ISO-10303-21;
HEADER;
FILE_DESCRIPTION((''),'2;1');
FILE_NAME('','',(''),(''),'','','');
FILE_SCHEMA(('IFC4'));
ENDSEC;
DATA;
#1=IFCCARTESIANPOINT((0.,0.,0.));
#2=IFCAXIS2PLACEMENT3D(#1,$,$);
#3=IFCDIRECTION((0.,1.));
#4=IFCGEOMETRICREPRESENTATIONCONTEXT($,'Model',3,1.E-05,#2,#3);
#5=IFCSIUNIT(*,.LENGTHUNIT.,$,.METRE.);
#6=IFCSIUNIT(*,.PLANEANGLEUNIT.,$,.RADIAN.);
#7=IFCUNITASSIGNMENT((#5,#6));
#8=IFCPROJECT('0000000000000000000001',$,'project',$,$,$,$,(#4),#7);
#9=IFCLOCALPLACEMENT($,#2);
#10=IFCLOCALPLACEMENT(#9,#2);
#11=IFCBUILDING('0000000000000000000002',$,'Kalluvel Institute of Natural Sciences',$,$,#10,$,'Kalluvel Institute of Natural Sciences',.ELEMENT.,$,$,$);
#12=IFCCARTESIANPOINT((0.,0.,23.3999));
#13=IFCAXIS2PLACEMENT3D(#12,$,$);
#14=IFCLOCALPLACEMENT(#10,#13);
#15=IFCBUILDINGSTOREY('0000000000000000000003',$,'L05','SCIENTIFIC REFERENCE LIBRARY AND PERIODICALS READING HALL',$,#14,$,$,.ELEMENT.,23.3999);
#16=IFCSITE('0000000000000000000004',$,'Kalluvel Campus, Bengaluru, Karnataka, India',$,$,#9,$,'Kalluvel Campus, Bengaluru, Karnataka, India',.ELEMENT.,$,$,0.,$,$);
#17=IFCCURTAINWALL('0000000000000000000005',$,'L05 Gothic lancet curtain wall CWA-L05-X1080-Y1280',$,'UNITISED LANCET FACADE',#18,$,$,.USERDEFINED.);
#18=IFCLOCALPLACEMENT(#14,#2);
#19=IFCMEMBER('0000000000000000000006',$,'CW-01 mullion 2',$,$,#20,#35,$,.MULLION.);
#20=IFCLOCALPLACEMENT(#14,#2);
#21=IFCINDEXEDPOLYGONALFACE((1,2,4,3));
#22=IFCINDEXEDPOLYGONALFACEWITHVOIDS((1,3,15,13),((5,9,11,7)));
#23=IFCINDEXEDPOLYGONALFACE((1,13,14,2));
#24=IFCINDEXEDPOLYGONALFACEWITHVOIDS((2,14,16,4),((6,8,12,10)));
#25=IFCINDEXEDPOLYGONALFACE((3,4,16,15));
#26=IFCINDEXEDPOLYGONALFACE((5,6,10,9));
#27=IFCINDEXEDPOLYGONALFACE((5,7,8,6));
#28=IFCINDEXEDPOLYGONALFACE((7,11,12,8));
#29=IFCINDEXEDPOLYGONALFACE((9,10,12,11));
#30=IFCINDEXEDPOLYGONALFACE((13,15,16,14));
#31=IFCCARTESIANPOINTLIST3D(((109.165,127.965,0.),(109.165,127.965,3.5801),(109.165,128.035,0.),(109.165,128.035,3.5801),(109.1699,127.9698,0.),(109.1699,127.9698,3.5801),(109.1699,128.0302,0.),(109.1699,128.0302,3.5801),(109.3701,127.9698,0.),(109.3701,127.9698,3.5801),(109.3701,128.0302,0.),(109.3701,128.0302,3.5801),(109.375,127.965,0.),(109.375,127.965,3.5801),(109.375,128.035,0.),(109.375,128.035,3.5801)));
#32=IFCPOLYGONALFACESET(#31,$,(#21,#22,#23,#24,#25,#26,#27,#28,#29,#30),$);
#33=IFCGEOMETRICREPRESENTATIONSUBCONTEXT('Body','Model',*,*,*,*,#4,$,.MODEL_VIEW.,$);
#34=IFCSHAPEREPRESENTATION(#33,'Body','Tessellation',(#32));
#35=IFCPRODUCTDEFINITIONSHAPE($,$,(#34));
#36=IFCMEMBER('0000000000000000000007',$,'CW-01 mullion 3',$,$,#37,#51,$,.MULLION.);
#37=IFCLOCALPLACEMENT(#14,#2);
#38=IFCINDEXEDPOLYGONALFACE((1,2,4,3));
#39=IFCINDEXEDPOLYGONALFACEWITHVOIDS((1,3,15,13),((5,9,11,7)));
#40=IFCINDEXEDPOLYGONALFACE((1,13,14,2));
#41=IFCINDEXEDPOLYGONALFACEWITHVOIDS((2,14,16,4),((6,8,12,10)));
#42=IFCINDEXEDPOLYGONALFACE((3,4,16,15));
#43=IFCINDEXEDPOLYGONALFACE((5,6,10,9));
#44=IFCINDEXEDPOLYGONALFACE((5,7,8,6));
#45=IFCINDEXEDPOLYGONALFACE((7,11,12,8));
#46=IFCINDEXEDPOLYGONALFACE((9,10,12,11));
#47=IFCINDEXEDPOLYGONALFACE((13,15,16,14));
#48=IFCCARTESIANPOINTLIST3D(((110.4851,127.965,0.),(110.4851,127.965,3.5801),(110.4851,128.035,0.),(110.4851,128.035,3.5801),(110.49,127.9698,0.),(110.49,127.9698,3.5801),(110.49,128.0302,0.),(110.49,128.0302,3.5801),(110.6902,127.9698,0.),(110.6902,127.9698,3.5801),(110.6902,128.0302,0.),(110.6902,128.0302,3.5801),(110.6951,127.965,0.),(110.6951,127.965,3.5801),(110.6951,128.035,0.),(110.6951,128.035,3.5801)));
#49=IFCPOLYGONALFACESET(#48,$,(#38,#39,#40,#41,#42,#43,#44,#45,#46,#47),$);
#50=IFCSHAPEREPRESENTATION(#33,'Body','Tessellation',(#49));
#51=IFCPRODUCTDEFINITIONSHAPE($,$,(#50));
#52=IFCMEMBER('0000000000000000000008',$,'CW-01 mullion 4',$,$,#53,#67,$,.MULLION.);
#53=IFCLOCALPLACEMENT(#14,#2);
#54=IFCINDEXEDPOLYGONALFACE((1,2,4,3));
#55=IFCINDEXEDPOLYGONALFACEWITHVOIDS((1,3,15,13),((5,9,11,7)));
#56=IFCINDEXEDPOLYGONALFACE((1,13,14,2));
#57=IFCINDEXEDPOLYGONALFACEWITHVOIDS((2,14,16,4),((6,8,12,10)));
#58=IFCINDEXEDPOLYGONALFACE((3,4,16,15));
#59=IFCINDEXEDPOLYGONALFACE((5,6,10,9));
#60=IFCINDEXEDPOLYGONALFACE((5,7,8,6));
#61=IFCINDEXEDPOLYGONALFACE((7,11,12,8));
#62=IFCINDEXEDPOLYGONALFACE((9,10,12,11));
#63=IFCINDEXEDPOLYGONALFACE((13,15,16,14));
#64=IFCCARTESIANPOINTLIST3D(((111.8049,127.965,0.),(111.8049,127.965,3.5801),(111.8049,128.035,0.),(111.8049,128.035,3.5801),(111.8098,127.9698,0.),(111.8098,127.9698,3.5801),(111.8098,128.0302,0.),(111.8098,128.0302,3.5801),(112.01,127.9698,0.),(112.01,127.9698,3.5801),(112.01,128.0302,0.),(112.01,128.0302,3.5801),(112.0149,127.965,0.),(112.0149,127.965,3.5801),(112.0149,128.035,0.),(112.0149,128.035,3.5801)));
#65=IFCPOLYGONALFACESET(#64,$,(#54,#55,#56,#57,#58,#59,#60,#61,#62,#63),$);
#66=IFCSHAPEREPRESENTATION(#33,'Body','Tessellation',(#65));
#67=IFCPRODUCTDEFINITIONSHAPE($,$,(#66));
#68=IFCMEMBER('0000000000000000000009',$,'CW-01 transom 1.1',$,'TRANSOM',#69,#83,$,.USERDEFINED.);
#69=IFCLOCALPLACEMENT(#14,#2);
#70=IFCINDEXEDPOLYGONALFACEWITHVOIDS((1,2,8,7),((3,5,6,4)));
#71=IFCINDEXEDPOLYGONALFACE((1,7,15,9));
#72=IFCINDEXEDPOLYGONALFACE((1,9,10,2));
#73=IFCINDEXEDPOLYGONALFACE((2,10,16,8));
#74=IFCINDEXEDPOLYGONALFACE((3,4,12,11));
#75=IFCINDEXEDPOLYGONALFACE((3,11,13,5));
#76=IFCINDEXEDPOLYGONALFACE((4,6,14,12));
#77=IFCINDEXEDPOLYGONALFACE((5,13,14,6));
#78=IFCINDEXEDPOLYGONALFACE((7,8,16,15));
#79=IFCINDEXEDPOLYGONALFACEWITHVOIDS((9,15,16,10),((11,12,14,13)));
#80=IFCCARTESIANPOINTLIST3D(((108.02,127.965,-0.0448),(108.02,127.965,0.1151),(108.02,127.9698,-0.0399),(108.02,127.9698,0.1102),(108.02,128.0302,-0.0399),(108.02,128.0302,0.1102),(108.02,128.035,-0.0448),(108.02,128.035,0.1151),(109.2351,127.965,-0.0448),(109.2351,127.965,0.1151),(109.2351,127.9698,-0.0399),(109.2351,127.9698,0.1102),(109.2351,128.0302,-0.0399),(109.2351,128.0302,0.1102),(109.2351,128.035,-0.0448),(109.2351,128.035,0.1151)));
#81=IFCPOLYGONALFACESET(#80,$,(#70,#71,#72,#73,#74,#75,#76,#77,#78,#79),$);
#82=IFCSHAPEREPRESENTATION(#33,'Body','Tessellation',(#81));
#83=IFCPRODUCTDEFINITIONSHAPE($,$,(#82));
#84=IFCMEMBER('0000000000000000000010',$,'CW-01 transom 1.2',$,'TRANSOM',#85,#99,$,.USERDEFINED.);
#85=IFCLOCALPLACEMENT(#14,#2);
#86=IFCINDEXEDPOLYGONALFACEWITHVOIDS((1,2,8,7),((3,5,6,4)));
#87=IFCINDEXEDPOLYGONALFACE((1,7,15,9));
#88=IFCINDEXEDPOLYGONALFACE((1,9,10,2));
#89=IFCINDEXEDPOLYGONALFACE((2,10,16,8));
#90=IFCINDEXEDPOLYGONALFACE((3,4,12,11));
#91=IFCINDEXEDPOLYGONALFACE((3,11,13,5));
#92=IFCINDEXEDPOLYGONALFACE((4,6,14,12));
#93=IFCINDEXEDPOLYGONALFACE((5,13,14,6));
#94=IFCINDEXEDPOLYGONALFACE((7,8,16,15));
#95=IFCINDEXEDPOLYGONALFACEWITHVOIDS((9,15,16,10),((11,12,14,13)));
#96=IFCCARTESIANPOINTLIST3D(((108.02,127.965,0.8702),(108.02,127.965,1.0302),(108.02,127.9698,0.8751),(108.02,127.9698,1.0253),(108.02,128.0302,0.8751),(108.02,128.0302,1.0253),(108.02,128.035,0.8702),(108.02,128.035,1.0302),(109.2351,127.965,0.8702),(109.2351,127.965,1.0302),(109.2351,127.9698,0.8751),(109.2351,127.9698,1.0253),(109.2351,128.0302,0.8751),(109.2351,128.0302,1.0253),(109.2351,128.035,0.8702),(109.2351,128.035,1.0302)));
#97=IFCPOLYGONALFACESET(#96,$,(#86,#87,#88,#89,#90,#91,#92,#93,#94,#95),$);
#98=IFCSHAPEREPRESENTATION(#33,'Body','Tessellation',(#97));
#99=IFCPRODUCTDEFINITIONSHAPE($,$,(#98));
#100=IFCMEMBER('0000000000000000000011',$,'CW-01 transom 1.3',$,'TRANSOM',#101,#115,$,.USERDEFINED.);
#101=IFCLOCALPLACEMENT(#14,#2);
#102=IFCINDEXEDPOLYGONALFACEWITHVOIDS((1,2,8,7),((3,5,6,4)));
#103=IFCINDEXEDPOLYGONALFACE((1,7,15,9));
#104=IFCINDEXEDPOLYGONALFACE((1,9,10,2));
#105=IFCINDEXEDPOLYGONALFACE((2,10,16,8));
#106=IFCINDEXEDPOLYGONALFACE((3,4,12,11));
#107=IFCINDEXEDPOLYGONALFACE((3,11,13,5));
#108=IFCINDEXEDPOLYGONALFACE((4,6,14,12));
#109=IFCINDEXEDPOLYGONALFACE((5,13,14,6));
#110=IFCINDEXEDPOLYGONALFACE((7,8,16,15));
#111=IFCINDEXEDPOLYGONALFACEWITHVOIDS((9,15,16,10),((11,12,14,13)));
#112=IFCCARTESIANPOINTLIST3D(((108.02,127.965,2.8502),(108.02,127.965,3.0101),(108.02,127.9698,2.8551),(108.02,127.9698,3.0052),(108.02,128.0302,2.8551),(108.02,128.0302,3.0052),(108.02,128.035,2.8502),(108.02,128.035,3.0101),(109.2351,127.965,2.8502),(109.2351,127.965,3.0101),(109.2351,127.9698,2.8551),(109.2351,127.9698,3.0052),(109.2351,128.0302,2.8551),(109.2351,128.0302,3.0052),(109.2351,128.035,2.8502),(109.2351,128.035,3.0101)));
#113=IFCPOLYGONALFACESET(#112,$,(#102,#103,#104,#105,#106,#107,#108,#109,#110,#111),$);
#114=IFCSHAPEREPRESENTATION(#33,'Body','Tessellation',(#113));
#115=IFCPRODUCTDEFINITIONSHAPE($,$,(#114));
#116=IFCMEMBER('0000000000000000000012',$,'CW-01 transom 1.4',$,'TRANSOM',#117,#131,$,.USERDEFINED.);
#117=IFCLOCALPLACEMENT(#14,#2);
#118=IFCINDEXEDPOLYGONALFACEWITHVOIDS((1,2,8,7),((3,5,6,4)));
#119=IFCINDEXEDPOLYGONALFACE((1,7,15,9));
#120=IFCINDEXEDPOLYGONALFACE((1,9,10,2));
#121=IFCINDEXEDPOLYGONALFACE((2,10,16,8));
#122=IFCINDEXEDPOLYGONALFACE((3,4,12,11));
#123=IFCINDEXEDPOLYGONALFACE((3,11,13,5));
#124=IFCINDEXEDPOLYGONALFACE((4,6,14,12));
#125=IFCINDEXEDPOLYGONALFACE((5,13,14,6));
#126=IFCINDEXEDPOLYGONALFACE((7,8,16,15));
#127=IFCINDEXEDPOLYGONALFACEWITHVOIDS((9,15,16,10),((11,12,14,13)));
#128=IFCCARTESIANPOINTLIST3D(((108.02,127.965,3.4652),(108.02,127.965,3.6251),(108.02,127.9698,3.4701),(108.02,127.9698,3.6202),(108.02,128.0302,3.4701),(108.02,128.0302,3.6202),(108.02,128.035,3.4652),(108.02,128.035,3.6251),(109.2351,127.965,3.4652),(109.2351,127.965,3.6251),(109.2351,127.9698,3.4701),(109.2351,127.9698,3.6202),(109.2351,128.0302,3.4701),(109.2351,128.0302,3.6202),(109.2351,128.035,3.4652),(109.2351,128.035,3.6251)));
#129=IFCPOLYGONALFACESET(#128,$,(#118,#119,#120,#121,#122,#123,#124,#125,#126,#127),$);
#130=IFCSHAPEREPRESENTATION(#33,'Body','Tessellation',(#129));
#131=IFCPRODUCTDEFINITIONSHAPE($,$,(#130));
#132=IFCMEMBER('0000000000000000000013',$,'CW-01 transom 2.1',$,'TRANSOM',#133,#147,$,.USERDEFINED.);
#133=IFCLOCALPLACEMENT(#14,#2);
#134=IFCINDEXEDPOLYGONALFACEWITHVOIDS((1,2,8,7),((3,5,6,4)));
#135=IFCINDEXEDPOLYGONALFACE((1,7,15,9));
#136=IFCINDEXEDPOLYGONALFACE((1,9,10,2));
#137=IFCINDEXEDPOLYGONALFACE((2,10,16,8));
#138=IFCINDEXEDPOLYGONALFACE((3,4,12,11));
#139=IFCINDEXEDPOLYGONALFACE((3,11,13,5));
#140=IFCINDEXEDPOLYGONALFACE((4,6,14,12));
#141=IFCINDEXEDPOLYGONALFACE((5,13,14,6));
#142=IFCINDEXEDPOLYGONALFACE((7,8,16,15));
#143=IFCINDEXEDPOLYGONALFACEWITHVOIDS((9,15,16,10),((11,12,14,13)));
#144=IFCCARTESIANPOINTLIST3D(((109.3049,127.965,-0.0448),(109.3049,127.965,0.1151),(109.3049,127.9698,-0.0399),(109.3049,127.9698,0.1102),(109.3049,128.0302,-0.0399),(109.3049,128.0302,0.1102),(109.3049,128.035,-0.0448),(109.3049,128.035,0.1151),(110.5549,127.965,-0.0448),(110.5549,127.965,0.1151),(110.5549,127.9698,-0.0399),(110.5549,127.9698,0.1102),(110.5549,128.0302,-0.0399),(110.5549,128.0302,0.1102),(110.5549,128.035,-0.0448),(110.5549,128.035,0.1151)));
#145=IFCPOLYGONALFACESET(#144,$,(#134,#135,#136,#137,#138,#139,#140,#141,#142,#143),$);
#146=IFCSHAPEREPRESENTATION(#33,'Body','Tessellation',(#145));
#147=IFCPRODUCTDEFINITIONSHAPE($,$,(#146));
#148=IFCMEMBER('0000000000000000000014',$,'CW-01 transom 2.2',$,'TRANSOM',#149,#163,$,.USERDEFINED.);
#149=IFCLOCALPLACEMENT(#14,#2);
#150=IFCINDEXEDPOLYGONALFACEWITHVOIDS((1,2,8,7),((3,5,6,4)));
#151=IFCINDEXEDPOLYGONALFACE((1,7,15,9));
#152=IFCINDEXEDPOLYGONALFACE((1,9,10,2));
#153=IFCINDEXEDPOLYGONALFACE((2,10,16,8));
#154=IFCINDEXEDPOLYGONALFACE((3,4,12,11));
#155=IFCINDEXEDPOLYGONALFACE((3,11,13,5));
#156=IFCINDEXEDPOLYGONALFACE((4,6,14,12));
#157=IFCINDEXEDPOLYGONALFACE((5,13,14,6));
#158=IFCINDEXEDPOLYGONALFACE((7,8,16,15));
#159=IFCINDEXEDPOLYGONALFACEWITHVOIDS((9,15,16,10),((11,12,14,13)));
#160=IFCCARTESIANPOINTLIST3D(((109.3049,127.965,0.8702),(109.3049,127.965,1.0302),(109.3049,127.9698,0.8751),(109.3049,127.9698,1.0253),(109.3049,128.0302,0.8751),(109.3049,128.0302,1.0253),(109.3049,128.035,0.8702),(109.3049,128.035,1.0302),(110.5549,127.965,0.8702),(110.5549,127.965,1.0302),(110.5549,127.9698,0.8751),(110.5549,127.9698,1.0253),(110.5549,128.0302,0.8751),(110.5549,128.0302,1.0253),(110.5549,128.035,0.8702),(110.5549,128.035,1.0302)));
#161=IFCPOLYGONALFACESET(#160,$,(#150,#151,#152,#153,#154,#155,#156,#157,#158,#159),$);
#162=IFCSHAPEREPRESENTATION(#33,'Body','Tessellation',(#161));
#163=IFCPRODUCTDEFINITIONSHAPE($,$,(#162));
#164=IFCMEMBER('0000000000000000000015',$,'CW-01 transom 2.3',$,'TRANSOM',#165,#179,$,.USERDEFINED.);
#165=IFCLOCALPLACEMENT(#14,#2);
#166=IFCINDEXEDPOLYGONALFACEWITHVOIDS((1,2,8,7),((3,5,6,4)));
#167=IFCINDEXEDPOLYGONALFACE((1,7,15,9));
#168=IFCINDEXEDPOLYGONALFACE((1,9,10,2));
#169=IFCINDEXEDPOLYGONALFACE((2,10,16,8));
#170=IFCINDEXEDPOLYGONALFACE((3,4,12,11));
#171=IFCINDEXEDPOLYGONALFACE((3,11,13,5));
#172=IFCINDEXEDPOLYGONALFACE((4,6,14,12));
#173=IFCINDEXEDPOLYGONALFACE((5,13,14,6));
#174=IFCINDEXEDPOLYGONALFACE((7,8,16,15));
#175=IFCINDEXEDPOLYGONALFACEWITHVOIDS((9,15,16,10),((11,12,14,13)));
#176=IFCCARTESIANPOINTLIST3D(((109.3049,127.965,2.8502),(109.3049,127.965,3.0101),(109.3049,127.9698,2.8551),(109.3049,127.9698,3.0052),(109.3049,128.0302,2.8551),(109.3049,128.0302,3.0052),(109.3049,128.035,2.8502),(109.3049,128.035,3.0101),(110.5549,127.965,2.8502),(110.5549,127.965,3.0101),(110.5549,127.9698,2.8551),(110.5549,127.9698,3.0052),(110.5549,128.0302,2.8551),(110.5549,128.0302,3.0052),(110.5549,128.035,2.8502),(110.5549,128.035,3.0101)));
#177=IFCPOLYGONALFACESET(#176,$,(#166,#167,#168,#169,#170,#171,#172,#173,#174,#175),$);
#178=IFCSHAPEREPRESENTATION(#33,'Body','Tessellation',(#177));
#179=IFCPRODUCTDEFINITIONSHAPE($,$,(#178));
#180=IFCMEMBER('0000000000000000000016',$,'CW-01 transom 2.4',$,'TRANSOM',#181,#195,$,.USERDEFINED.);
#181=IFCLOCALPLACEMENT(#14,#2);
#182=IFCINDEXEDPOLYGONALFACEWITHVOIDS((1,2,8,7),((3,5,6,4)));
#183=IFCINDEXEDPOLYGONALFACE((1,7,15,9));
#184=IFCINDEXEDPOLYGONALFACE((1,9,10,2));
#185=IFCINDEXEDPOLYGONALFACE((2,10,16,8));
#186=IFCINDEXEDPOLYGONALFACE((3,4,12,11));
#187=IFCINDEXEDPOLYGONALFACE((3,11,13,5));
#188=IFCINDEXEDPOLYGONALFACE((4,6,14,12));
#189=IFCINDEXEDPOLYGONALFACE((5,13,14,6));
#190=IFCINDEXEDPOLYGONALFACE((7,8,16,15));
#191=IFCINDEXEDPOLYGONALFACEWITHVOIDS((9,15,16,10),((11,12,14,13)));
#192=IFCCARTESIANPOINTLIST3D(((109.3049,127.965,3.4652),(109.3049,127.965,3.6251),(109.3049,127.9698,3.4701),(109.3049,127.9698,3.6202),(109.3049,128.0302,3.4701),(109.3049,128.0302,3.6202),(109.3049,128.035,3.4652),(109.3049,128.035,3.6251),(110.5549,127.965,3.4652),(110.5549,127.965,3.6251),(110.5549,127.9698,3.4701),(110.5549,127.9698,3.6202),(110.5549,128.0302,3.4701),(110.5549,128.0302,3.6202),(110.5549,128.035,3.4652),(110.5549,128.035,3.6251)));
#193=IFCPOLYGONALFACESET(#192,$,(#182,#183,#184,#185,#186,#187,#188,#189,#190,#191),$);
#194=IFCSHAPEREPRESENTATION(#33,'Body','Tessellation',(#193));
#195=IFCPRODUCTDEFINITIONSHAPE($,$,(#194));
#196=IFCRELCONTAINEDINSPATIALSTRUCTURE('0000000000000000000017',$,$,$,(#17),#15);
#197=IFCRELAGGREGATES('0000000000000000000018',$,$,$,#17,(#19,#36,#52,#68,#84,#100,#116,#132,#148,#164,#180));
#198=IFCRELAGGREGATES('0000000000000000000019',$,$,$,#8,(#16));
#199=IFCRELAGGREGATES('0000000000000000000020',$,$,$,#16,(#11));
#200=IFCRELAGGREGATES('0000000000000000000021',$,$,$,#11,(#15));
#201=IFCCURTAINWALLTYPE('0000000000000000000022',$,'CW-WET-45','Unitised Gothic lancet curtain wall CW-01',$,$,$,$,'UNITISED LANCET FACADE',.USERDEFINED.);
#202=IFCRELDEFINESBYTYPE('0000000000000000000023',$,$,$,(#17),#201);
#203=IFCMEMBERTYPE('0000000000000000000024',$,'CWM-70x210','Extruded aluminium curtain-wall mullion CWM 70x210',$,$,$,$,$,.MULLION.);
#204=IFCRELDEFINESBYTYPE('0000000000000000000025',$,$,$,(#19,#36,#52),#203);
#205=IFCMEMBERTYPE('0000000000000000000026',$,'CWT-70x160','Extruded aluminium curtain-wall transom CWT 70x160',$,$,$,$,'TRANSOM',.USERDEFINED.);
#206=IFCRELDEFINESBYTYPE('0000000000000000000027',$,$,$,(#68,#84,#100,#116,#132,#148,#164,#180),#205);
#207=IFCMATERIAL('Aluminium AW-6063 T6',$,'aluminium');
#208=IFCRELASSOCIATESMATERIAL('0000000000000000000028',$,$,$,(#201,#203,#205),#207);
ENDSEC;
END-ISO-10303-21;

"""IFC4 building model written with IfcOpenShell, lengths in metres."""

from ifc_helpers import new_model, si_unit, direction, frame, origin, origin_2d, place, context, subcontext, project, spatial, hollow_rectangle, extrude, material, material_profile, profile_set, type_object, element, aggregate, save


model = new_model("IFC4")

# Units and contexts
model_context = context("Model", 3, precision=1e-05, world=origin(), true_north=direction((0.0, 1.0)))
body_context = subcontext(model_context, "Body", "Model", "MODEL_VIEW")
ifc_project = project(units=[si_unit("LENGTHUNIT", "METRE"), si_unit("PLANEANGLEUNIT", "RADIAN")], contexts=[model_context])

# Site, building, storey
site_placement = place(None, origin())
site = spatial("IfcSite", under=ifc_project, at=site_placement, Name="Kalluvel Campus, Bengaluru, Karnataka, India", LongName="Kalluvel Campus, Bengaluru, Karnataka, India", CompositionType="ELEMENT", RefElevation=0.0)
building_placement = place(site_placement, origin())
building = spatial("IfcBuilding", under=site, at=building_placement, Name="Kalluvel Institute of Natural Sciences", LongName="Kalluvel Institute of Natural Sciences", CompositionType="ELEMENT")
storey_placement = place(building_placement, frame((0.0, 0.0, 23.3999)))
storey = spatial("IfcBuildingStorey", under=building, at=storey_placement, Name="L05", Description="SCIENTIFIC REFERENCE LIBRARY AND PERIODICALS READING HALL", CompositionType="ELEMENT", Elevation=23.3999)

# Curtain wall, members
ifc_material_1 = material(Name="Aluminium AW-6063 T6", Category="aluminium")
curtain_wall_type = type_object("IfcCurtainWallType", Name="CW-WET-45", Description="Unitised Gothic lancet curtain wall CW-01", ElementType="UNITISED LANCET FACADE", PredefinedType="USERDEFINED", material=ifc_material_1)
curtain_wall_placement = place(storey_placement, origin())
curtain_wall = element("IfcCurtainWall", 1, at=curtain_wall_placement, inside=storey, type_object=curtain_wall_type, Name="L05 Gothic lancet curtain wall CWA-L05-X1080-Y1280", ObjectType="UNITISED LANCET FACADE", PredefinedType="USERDEFINED")
ifc_material_profile_1 = material_profile(ifc_material_1, hollow_rectangle(XDim=0.0701, YDim=0.21, WallThickness=0.0049, at=origin_2d()), Name="CWM 70x210")
ifc_profile_set_1 = profile_set([ifc_material_profile_1], Name="Aluminium AW-6063 T6")
member_type_1 = type_object("IfcMemberType", Name="CWM-70x210", Description="Extruded aluminium curtain-wall mullion CWM 70x210", PredefinedType="MULLION", material=ifc_profile_set_1)
member_1_placement = place(storey_placement, frame((109.27, 128.0, 0.0), z_axis=(0.0, 0.0, 1.0), x_axis=(0.0, 1.0, 0.0)))
member_1 = element("IfcMember", 2, at=member_1_placement, type_object=member_type_1, Name="CW-01 mullion 2", PredefinedType="MULLION", context=body_context, shape_type="SweptSolid", body=[
    extrude(hollow_rectangle(XDim=0.0701, YDim=0.21, WallThickness=0.0049, at=origin_2d()), origin(), (0.0, 0.0, 1.0), 3.5801),
])
member_2_placement = place(storey_placement, frame((110.5901, 128.0, 0.0), z_axis=(0.0, 0.0, 1.0), x_axis=(0.0, 1.0, 0.0)))
member_2 = element("IfcMember", 3, at=member_2_placement, type_object=member_type_1, Name="CW-01 mullion 3", PredefinedType="MULLION", context=body_context, shape_type="SweptSolid", body=[
    extrude(hollow_rectangle(XDim=0.0701, YDim=0.21, WallThickness=0.0049, at=origin_2d()), origin(), (0.0, 0.0, 1.0), 3.5801),
])
member_3_placement = place(storey_placement, frame((111.9099, 128.0, 0.0), z_axis=(0.0, 0.0, 1.0), x_axis=(0.0, 1.0, 0.0)))
member_3 = element("IfcMember", 4, at=member_3_placement, type_object=member_type_1, Name="CW-01 mullion 4", PredefinedType="MULLION", context=body_context, shape_type="SweptSolid", body=[
    extrude(hollow_rectangle(XDim=0.0701, YDim=0.21, WallThickness=0.0049, at=origin_2d()), origin(), (0.0, 0.0, 1.0), 3.5801),
])
ifc_material_profile_2 = material_profile(ifc_material_1, hollow_rectangle(XDim=0.0701, YDim=0.1599, WallThickness=0.0049, at=origin_2d()), Name="CWT 70x160")
ifc_profile_set_2 = profile_set([ifc_material_profile_2], Name="Aluminium AW-6063 T6")
member_type_2 = type_object("IfcMemberType", Name="CWT-70x160", Description="Extruded aluminium curtain-wall transom CWT 70x160", ElementType="TRANSOM", PredefinedType="USERDEFINED", material=ifc_profile_set_2)
member_4_placement = place(storey_placement, frame((108.02, 128.0, 0.0352), z_axis=(1.0, 0.0, 0.0), x_axis=(0.0, 1.0, 0.0)))
member_4 = element("IfcMember", 5, at=member_4_placement, type_object=member_type_2, Name="CW-01 transom 1.1", ObjectType="TRANSOM", PredefinedType="USERDEFINED", context=body_context, shape_type="SweptSolid", body=[
    extrude(hollow_rectangle(XDim=0.0701, YDim=0.1599, WallThickness=0.0049, at=origin_2d()), origin(), (0.0, 0.0, 1.0), 1.2151),
])
member_5_placement = place(storey_placement, frame((108.02, 128.0, 0.9502), z_axis=(1.0, 0.0, 0.0), x_axis=(0.0, 1.0, 0.0)))
member_5 = element("IfcMember", 6, at=member_5_placement, type_object=member_type_2, Name="CW-01 transom 1.2", ObjectType="TRANSOM", PredefinedType="USERDEFINED", context=body_context, shape_type="SweptSolid", body=[
    extrude(hollow_rectangle(XDim=0.0701, YDim=0.1599, WallThickness=0.0049, at=origin_2d()), origin(), (0.0, 0.0, 1.0), 1.2151),
])
member_6_placement = place(storey_placement, frame((108.02, 128.0, 2.9302), z_axis=(1.0, 0.0, 0.0), x_axis=(0.0, 1.0, 0.0)))
member_6 = element("IfcMember", 7, at=member_6_placement, type_object=member_type_2, Name="CW-01 transom 1.3", ObjectType="TRANSOM", PredefinedType="USERDEFINED", context=body_context, shape_type="SweptSolid", body=[
    extrude(hollow_rectangle(XDim=0.0701, YDim=0.1599, WallThickness=0.0049, at=origin_2d()), origin(), (0.0, 0.0, 1.0), 1.2151),
])
member_7_placement = place(storey_placement, frame((108.02, 128.0, 3.5452), z_axis=(1.0, 0.0, 0.0), x_axis=(0.0, 1.0, 0.0)))
member_7 = element("IfcMember", 8, at=member_7_placement, type_object=member_type_2, Name="CW-01 transom 1.4", ObjectType="TRANSOM", PredefinedType="USERDEFINED", context=body_context, shape_type="SweptSolid", body=[
    extrude(hollow_rectangle(XDim=0.0701, YDim=0.1599, WallThickness=0.0049, at=origin_2d()), origin(), (0.0, 0.0, 1.0), 1.2151),
])
member_8_placement = place(storey_placement, frame((109.3049, 128.0, 0.0352), z_axis=(1.0, 0.0, 0.0), x_axis=(0.0, 1.0, 0.0)))
member_8 = element("IfcMember", 9, at=member_8_placement, type_object=member_type_2, Name="CW-01 transom 2.1", ObjectType="TRANSOM", PredefinedType="USERDEFINED", context=body_context, shape_type="SweptSolid", body=[
    extrude(hollow_rectangle(XDim=0.0701, YDim=0.1599, WallThickness=0.0049, at=origin_2d()), origin(), (0.0, 0.0, 1.0), 1.25),
])
member_9_placement = place(storey_placement, frame((109.3049, 128.0, 0.9502), z_axis=(1.0, 0.0, 0.0), x_axis=(0.0, 1.0, 0.0)))
member_9 = element("IfcMember", 10, at=member_9_placement, type_object=member_type_2, Name="CW-01 transom 2.2", ObjectType="TRANSOM", PredefinedType="USERDEFINED", context=body_context, shape_type="SweptSolid", body=[
    extrude(hollow_rectangle(XDim=0.0701, YDim=0.1599, WallThickness=0.0049, at=origin_2d()), origin(), (0.0, 0.0, 1.0), 1.25),
])
member_10_placement = place(storey_placement, frame((109.3049, 128.0, 2.9302), z_axis=(1.0, 0.0, 0.0), x_axis=(0.0, 1.0, 0.0)))
member_10 = element("IfcMember", 11, at=member_10_placement, type_object=member_type_2, Name="CW-01 transom 2.3", ObjectType="TRANSOM", PredefinedType="USERDEFINED", context=body_context, shape_type="SweptSolid", body=[
    extrude(hollow_rectangle(XDim=0.0701, YDim=0.1599, WallThickness=0.0049, at=origin_2d()), origin(), (0.0, 0.0, 1.0), 1.25),
])
member_11_placement = place(storey_placement, frame((109.3049, 128.0, 3.5452), z_axis=(1.0, 0.0, 0.0), x_axis=(0.0, 1.0, 0.0)))
member_11 = element("IfcMember", 12, at=member_11_placement, type_object=member_type_2, Name="CW-01 transom 2.4", ObjectType="TRANSOM", PredefinedType="USERDEFINED", context=body_context, shape_type="SweptSolid", body=[
    extrude(hollow_rectangle(XDim=0.0701, YDim=0.1599, WallThickness=0.0049, at=origin_2d()), origin(), (0.0, 0.0, 1.0), 1.25),
])
aggregate(curtain_wall, [member_1, member_2, member_3, member_4, member_5, member_6, member_7, member_8, member_9, member_10, member_11])

save(model, "model.ifc")
